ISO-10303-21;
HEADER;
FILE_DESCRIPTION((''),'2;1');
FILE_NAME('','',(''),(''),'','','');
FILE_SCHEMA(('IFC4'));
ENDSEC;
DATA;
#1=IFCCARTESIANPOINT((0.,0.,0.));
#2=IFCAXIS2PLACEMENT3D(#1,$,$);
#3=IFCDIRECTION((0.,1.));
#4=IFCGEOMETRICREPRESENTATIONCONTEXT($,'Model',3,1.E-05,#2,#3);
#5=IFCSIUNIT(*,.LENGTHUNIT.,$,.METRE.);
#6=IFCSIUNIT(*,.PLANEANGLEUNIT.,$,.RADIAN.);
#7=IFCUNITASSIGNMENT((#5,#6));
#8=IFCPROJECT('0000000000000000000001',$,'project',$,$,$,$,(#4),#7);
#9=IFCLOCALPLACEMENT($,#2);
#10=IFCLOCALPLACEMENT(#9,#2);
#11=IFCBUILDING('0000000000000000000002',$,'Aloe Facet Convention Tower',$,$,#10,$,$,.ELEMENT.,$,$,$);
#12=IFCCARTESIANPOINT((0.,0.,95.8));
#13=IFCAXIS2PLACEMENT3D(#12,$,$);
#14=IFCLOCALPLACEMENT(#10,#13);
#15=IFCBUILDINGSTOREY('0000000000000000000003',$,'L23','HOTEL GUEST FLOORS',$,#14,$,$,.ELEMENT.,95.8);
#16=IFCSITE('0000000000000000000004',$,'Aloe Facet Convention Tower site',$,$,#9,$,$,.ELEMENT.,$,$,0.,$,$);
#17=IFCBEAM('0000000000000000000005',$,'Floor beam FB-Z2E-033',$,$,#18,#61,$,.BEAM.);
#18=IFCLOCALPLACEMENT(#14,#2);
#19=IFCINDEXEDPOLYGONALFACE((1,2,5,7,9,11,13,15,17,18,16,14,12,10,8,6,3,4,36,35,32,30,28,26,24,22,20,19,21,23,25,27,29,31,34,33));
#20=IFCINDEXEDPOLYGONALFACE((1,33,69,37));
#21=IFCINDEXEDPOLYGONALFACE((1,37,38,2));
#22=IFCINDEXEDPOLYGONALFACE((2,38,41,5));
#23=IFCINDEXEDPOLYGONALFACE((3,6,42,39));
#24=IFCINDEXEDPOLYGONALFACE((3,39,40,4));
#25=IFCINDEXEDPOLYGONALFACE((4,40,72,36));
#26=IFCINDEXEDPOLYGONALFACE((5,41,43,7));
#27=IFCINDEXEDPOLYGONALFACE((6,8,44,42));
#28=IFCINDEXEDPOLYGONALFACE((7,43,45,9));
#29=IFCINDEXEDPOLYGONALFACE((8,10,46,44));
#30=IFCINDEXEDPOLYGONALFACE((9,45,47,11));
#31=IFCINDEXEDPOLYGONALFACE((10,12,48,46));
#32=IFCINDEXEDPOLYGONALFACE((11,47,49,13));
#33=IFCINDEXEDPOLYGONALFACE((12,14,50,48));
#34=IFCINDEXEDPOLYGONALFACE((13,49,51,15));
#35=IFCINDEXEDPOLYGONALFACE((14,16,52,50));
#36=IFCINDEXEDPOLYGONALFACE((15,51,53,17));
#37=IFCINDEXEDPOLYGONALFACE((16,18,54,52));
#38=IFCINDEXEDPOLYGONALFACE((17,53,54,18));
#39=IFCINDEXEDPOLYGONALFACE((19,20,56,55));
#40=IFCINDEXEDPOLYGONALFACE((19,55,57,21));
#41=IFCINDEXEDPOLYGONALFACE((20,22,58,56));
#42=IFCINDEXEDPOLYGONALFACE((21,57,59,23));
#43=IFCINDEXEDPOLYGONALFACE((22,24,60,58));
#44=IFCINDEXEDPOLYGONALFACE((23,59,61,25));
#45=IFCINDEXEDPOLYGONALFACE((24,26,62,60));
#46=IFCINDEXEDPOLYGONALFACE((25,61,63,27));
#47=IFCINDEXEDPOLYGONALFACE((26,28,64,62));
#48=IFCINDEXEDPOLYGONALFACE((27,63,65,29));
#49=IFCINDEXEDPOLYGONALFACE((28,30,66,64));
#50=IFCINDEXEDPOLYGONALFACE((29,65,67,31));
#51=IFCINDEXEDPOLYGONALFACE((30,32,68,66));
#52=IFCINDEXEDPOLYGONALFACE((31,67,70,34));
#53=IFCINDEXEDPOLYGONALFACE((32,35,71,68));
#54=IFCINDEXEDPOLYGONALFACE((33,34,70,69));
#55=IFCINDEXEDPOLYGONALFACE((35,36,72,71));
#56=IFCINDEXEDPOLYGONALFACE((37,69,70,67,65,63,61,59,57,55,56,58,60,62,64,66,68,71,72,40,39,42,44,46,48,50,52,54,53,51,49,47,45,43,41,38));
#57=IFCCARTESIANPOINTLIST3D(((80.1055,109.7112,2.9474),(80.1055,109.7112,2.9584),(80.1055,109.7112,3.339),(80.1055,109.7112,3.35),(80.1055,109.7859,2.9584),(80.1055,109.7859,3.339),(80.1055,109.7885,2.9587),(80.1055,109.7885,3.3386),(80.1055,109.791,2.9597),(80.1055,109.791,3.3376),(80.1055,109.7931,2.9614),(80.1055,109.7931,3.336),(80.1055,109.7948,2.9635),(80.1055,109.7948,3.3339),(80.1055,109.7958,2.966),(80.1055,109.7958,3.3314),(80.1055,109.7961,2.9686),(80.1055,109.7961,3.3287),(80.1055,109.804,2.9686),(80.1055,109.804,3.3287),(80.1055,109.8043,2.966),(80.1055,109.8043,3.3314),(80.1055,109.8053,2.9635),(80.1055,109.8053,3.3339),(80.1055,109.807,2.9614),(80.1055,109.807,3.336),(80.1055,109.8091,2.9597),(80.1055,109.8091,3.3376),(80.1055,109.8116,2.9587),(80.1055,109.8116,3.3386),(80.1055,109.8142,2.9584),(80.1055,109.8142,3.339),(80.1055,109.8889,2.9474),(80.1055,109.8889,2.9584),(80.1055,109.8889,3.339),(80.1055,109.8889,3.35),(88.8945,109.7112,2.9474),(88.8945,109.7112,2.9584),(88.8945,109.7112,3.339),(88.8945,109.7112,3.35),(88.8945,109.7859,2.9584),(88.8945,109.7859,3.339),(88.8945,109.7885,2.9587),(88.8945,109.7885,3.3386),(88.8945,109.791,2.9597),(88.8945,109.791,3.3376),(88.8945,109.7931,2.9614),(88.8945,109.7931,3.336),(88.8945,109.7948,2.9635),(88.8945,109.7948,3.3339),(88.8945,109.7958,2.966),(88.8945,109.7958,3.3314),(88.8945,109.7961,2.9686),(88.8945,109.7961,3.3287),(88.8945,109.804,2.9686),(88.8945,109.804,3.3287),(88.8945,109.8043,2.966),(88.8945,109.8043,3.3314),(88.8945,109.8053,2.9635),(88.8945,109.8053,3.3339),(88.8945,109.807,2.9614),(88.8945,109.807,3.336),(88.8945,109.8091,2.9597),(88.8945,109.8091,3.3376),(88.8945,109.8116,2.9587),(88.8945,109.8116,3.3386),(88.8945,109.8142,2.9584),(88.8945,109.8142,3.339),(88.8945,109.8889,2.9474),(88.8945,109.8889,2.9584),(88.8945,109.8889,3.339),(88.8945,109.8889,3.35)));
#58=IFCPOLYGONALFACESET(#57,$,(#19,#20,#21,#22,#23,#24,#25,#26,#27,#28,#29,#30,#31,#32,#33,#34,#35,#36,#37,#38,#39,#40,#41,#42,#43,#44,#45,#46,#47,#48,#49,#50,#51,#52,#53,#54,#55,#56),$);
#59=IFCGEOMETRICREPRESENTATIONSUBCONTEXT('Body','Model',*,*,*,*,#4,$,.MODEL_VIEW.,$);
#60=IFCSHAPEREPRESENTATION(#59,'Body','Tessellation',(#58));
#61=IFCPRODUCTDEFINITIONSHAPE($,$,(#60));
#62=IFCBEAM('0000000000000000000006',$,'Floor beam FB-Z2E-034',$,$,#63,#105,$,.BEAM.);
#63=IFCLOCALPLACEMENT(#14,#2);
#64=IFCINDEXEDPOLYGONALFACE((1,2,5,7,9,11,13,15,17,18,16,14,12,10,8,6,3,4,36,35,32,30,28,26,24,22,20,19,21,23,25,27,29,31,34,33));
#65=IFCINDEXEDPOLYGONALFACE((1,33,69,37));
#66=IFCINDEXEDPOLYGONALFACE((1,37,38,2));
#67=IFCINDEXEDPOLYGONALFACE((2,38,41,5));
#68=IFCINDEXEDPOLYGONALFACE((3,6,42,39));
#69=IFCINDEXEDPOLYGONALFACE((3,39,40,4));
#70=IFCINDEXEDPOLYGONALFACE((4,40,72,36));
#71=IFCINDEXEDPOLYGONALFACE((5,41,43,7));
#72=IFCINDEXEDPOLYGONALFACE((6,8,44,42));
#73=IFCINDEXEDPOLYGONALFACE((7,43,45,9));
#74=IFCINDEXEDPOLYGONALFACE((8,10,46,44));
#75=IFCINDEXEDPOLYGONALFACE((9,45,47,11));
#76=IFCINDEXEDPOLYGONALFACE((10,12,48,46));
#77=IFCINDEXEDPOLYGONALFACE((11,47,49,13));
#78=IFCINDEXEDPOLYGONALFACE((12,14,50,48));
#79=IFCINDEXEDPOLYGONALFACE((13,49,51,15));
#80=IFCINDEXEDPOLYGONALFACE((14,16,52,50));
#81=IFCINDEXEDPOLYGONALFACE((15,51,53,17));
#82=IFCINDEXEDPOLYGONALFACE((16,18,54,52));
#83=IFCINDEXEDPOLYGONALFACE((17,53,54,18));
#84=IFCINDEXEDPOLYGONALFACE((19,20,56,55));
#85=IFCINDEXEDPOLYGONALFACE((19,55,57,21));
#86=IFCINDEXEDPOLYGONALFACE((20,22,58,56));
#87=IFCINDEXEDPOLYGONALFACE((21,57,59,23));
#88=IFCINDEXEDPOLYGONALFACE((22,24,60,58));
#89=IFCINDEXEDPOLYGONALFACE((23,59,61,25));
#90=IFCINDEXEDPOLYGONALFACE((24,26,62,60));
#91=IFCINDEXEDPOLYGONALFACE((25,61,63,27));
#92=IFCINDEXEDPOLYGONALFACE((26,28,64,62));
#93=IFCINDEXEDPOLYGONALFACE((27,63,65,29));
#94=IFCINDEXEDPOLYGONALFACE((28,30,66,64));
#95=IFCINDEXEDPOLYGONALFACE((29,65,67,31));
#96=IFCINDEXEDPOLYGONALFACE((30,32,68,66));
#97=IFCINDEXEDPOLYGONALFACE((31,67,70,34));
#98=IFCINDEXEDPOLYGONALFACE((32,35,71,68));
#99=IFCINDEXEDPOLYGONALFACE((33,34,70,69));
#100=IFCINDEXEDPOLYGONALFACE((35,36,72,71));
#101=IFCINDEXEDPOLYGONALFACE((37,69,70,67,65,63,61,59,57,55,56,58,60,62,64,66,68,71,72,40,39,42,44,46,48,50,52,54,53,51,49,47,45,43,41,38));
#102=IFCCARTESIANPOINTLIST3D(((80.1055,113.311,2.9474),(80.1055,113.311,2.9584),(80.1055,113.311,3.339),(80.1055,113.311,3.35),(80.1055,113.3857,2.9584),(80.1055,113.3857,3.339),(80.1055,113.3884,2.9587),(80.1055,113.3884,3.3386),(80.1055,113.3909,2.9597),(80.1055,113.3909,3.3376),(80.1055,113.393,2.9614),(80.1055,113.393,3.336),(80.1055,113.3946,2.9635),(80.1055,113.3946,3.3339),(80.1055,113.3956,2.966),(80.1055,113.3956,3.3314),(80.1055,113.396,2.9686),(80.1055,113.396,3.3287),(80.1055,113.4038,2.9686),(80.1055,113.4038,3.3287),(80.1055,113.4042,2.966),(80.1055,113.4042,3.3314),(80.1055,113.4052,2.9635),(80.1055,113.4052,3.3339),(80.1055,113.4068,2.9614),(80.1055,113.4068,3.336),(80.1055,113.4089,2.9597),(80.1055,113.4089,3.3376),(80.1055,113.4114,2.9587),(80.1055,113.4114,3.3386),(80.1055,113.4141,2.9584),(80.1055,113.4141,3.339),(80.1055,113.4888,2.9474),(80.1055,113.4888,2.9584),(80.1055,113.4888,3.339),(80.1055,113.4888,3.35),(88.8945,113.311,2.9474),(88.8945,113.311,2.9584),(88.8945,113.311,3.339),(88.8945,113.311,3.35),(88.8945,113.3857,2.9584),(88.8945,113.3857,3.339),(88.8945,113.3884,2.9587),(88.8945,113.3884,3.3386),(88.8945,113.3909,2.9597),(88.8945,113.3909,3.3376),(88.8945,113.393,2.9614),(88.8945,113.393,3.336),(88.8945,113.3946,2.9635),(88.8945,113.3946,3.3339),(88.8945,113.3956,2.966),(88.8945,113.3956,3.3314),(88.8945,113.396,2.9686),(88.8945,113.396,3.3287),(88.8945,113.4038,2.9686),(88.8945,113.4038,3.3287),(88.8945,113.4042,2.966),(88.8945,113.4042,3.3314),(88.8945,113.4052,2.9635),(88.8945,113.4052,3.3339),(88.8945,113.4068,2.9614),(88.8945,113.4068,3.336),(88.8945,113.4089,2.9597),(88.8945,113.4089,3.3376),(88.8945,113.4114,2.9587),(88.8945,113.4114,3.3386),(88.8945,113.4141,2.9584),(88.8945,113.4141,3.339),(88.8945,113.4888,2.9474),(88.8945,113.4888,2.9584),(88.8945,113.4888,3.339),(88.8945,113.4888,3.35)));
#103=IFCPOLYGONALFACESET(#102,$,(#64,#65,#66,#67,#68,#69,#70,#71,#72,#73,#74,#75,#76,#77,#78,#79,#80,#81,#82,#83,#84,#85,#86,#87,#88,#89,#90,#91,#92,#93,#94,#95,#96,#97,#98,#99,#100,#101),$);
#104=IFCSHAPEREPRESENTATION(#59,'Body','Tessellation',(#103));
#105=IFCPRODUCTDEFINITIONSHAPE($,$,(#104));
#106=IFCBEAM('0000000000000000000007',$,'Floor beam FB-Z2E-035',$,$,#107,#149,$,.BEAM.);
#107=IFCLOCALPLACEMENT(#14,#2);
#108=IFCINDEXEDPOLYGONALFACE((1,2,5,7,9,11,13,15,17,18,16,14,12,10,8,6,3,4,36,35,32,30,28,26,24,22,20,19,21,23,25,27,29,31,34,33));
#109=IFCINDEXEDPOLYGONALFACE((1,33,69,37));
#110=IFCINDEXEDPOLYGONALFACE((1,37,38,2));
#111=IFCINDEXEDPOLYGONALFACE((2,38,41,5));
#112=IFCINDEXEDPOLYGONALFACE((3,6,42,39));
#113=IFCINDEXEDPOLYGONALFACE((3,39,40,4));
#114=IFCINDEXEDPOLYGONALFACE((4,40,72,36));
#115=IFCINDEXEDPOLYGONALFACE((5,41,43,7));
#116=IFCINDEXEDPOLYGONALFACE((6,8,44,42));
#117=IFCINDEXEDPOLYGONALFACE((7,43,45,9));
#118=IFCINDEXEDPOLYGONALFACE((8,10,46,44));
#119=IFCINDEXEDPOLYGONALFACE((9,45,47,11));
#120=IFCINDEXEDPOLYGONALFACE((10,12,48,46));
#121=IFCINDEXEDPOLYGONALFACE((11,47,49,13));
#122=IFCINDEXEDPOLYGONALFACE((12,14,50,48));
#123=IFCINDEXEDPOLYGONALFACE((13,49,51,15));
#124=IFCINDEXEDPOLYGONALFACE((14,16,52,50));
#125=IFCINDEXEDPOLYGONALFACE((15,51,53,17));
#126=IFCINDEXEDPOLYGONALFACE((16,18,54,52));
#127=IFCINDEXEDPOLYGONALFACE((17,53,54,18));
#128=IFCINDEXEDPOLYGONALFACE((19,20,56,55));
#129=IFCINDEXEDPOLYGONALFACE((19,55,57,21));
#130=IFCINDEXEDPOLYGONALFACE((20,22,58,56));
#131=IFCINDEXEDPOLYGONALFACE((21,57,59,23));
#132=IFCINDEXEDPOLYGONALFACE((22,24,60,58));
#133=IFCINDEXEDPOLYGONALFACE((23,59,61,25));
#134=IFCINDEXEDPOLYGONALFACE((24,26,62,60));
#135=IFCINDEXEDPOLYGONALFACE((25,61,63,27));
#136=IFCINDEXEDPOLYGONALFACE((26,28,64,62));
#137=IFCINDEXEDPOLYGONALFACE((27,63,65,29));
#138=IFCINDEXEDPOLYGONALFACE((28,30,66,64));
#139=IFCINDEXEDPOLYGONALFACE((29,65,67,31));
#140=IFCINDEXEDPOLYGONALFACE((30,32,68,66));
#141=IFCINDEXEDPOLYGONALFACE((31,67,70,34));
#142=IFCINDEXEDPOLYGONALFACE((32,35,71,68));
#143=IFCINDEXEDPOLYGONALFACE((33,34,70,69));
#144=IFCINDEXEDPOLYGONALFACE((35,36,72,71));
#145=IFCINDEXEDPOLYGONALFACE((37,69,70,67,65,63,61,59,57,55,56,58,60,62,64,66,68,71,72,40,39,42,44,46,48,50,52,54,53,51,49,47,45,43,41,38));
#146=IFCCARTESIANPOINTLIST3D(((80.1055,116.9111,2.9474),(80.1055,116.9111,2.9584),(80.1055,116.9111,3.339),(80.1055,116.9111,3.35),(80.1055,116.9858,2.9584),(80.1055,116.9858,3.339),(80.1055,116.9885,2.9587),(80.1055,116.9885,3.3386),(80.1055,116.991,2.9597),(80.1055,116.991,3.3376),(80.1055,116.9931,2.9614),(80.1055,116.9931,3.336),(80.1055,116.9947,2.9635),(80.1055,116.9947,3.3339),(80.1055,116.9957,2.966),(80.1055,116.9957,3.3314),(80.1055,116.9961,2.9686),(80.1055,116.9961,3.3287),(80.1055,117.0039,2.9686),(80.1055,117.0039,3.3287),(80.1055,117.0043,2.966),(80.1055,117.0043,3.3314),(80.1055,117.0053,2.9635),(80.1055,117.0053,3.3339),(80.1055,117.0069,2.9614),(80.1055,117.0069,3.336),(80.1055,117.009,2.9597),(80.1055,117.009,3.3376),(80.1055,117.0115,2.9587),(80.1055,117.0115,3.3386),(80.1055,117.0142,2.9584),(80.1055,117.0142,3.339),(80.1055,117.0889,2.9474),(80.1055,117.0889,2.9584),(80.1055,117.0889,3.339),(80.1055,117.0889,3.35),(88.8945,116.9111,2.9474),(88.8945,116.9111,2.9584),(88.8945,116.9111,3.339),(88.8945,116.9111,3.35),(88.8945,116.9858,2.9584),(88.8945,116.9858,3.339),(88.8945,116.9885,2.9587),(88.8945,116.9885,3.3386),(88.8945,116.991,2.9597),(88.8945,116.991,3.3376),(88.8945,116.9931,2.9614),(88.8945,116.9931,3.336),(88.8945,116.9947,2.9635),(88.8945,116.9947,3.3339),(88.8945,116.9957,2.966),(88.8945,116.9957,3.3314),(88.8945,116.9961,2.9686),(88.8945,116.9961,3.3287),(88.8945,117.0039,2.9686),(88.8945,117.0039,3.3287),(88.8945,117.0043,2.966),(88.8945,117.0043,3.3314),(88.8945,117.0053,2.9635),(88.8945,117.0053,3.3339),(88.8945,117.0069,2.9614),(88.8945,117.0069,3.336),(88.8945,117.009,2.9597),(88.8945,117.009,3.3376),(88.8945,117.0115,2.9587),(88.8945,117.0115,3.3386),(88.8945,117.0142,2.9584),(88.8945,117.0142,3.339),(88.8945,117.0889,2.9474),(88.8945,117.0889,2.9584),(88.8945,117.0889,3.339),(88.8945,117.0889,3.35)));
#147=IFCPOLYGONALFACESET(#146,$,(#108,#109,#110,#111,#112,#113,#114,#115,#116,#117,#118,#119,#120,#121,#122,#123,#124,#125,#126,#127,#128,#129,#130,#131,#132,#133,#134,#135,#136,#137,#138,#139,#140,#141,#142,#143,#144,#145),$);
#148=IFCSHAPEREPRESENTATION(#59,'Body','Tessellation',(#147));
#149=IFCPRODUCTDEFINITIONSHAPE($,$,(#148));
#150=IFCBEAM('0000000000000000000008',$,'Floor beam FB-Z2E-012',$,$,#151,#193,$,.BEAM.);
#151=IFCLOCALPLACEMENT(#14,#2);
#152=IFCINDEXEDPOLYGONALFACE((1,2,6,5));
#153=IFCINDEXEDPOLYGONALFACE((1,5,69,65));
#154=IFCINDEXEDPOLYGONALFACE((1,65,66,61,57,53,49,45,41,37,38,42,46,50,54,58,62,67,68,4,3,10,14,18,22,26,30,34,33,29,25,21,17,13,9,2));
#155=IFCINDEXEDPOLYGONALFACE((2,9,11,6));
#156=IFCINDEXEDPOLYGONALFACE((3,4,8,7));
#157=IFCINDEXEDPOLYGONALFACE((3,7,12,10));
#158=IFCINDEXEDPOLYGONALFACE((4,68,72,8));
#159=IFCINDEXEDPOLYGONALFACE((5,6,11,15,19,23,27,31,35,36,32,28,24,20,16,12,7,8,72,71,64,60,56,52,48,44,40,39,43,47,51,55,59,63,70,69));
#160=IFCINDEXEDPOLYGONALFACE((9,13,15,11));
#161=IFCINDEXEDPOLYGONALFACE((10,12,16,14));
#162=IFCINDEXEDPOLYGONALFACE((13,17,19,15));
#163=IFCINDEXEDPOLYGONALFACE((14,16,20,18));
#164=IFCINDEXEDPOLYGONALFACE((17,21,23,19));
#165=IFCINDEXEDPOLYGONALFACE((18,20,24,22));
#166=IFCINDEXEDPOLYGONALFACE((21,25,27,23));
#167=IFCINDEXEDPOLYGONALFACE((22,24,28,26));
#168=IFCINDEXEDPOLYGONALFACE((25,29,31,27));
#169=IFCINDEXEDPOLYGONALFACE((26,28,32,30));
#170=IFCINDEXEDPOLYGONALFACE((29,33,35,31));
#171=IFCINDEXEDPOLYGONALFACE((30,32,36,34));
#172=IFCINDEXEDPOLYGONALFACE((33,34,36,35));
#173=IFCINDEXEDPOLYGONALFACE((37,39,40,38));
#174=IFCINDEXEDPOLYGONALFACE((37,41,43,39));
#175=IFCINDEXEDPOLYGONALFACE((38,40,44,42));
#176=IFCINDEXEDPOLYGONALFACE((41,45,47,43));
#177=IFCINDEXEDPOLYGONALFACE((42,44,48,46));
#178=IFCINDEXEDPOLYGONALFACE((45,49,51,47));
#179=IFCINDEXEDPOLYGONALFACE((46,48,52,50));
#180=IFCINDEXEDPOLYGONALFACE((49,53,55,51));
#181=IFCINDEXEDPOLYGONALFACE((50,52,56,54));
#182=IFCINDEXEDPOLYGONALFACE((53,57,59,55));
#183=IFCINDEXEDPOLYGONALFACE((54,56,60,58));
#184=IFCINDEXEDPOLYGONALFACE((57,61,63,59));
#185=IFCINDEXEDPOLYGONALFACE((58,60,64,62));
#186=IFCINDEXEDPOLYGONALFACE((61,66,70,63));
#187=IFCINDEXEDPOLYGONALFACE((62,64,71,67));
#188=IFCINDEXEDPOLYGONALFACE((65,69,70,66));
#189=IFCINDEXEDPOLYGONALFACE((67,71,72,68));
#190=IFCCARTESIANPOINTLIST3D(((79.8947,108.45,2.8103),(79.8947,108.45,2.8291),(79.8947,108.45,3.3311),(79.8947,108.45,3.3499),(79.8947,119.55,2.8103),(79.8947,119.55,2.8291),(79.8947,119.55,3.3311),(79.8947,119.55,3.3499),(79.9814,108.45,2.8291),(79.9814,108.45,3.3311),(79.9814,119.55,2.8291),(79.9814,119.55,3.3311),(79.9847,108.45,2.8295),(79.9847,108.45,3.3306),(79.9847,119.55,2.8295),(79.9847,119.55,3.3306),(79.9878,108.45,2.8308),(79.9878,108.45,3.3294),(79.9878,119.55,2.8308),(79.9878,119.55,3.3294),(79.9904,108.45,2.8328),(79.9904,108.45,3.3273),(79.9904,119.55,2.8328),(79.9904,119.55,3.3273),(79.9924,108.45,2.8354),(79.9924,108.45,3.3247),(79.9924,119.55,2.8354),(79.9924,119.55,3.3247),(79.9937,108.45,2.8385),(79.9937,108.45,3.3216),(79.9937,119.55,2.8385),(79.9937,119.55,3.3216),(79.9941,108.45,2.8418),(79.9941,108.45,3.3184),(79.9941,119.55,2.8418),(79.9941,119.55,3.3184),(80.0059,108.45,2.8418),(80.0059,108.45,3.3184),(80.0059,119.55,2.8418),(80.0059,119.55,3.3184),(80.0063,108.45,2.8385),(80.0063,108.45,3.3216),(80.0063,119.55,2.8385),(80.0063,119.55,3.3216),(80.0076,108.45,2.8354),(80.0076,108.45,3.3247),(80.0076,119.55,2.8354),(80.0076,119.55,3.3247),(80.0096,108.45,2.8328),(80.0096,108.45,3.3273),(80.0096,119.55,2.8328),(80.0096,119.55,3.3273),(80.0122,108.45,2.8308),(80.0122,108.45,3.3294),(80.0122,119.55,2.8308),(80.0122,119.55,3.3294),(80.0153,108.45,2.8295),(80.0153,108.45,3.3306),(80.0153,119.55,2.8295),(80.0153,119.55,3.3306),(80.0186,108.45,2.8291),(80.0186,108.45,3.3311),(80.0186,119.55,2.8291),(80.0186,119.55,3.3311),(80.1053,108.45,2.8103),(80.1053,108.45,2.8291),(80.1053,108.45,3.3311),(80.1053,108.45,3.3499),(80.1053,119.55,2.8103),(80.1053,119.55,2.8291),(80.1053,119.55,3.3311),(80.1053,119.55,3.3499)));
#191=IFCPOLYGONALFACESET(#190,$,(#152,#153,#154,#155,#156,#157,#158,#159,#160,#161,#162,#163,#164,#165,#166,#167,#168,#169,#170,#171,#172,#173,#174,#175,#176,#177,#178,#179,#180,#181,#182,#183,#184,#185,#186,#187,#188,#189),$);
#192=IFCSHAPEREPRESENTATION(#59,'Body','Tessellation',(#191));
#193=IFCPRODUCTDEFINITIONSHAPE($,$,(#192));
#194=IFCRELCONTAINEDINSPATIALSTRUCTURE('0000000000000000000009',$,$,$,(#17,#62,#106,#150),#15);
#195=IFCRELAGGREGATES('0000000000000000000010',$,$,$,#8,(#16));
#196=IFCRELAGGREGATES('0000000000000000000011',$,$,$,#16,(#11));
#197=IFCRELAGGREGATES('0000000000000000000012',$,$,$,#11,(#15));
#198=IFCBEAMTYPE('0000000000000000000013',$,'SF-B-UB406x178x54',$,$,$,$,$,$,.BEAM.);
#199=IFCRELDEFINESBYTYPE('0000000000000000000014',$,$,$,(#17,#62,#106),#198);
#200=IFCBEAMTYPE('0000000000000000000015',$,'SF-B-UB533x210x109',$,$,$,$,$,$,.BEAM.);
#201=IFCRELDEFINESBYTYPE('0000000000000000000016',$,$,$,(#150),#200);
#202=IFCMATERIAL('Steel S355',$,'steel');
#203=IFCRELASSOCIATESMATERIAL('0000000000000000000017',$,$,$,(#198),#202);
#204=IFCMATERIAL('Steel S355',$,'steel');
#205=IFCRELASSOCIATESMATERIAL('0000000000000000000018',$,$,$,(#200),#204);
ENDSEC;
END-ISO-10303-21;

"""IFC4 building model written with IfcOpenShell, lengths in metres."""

from ifc_helpers import new_model, si_unit, direction, frame, origin, origin_2d, place, context, subcontext, project, spatial, i_section, extrude, material, material_profile, profile_set, type_object, element, save


model = new_model("IFC4")

# Units and contexts
model_context = context("Model", 3, precision=1e-05, world=origin(), true_north=direction((0.0, 1.0)))
body_context = subcontext(model_context, "Body", "Model", "MODEL_VIEW")
ifc_project = project(units=[si_unit("LENGTHUNIT", "METRE"), si_unit("PLANEANGLEUNIT", "RADIAN")], contexts=[model_context])

# Site, building, storey
site_placement = place(None, origin())
site = spatial("IfcSite", under=ifc_project, at=site_placement, Name="Aloe Facet Convention Tower site", CompositionType="ELEMENT", RefElevation=0.0)
building_placement = place(site_placement, origin())
building = spatial("IfcBuilding", under=site, at=building_placement, Name="Aloe Facet Convention Tower", CompositionType="ELEMENT")
storey_placement = place(building_placement, frame((0.0, 0.0, 95.8)))
storey = spatial("IfcBuildingStorey", under=building, at=storey_placement, Name="L23", Description="HOTEL GUEST FLOORS", CompositionType="ELEMENT", Elevation=95.8)

# Beams
ifc_material_1 = material(Name="Steel S355", Category="steel")
ifc_material_profile_1 = material_profile(ifc_material_1, i_section(OverallWidth=0.1777, OverallDepth=0.4026, WebThickness=0.0078, FlangeThickness=0.011, FilletRadius=0.0103, at=origin_2d()), Name="UB 406x178x54")
ifc_profile_set_1 = profile_set([ifc_material_profile_1], Name="Steel S355")
beam_type_1 = type_object("IfcBeamType", Name="SF-B-UB406x178x54", PredefinedType="BEAM", material=ifc_profile_set_1)
for number, where, z_axis, x_axis, name in (
    (1, (80.1055, 109.8, 3.1487), (1.0, 0.0, 0.0), (0.0, 1.0, 0.0), "Floor beam FB-Z2E-033"),
    (2, (80.1055, 113.3999, 3.1487), (1.0, 0.0, 0.0), (0.0, 1.0, 0.0), "Floor beam FB-Z2E-034"),
    (3, (80.1055, 117.0, 3.1487), (1.0, 0.0, 0.0), (0.0, 1.0, 0.0), "Floor beam FB-Z2E-035"),
):
    element("IfcBeam", number, at=place(storey_placement, frame(where, z_axis=z_axis, x_axis=x_axis)), inside=storey, type_object=beam_type_1, Name=name, PredefinedType="BEAM", context=body_context, shape_type="SweptSolid", body=[
        extrude(i_section(OverallWidth=0.1777, OverallDepth=0.4026, WebThickness=0.0078, FlangeThickness=0.011, FilletRadius=0.0103, at=origin_2d()), origin(), (0.0, 0.0, 1.0), 8.7891),
    ])
ifc_material_2 = material(Name="Steel S355", Category="steel")
ifc_material_profile_2 = material_profile(ifc_material_2, i_section(OverallWidth=0.2107, OverallDepth=0.5396, WebThickness=0.0117, FlangeThickness=0.0188, FilletRadius=0.0127, at=origin_2d()), Name="UB 533x210x109")
ifc_profile_set_2 = profile_set([ifc_material_profile_2], Name="Steel S355")
beam_type_2 = type_object("IfcBeamType", Name="SF-B-UB533x210x109", PredefinedType="BEAM", material=ifc_profile_set_2)
beam_placement = place(storey_placement, frame((80.0, 119.55, 3.0801), z_axis=(0.0, -1.0, 0.0), x_axis=(1.0, 0.0, 0.0)))
element("IfcBeam", 4, at=beam_placement, inside=storey, type_object=beam_type_2, Name="Floor beam FB-Z2E-012", PredefinedType="BEAM", context=body_context, shape_type="SweptSolid", body=[
    extrude(i_section(OverallWidth=0.2107, OverallDepth=0.5396, WebThickness=0.0117, FlangeThickness=0.0188, FilletRadius=0.0127, at=origin_2d()), origin(), (0.0, 0.0, 1.0), 11.1001),
])

save(model, "model.ifc")
